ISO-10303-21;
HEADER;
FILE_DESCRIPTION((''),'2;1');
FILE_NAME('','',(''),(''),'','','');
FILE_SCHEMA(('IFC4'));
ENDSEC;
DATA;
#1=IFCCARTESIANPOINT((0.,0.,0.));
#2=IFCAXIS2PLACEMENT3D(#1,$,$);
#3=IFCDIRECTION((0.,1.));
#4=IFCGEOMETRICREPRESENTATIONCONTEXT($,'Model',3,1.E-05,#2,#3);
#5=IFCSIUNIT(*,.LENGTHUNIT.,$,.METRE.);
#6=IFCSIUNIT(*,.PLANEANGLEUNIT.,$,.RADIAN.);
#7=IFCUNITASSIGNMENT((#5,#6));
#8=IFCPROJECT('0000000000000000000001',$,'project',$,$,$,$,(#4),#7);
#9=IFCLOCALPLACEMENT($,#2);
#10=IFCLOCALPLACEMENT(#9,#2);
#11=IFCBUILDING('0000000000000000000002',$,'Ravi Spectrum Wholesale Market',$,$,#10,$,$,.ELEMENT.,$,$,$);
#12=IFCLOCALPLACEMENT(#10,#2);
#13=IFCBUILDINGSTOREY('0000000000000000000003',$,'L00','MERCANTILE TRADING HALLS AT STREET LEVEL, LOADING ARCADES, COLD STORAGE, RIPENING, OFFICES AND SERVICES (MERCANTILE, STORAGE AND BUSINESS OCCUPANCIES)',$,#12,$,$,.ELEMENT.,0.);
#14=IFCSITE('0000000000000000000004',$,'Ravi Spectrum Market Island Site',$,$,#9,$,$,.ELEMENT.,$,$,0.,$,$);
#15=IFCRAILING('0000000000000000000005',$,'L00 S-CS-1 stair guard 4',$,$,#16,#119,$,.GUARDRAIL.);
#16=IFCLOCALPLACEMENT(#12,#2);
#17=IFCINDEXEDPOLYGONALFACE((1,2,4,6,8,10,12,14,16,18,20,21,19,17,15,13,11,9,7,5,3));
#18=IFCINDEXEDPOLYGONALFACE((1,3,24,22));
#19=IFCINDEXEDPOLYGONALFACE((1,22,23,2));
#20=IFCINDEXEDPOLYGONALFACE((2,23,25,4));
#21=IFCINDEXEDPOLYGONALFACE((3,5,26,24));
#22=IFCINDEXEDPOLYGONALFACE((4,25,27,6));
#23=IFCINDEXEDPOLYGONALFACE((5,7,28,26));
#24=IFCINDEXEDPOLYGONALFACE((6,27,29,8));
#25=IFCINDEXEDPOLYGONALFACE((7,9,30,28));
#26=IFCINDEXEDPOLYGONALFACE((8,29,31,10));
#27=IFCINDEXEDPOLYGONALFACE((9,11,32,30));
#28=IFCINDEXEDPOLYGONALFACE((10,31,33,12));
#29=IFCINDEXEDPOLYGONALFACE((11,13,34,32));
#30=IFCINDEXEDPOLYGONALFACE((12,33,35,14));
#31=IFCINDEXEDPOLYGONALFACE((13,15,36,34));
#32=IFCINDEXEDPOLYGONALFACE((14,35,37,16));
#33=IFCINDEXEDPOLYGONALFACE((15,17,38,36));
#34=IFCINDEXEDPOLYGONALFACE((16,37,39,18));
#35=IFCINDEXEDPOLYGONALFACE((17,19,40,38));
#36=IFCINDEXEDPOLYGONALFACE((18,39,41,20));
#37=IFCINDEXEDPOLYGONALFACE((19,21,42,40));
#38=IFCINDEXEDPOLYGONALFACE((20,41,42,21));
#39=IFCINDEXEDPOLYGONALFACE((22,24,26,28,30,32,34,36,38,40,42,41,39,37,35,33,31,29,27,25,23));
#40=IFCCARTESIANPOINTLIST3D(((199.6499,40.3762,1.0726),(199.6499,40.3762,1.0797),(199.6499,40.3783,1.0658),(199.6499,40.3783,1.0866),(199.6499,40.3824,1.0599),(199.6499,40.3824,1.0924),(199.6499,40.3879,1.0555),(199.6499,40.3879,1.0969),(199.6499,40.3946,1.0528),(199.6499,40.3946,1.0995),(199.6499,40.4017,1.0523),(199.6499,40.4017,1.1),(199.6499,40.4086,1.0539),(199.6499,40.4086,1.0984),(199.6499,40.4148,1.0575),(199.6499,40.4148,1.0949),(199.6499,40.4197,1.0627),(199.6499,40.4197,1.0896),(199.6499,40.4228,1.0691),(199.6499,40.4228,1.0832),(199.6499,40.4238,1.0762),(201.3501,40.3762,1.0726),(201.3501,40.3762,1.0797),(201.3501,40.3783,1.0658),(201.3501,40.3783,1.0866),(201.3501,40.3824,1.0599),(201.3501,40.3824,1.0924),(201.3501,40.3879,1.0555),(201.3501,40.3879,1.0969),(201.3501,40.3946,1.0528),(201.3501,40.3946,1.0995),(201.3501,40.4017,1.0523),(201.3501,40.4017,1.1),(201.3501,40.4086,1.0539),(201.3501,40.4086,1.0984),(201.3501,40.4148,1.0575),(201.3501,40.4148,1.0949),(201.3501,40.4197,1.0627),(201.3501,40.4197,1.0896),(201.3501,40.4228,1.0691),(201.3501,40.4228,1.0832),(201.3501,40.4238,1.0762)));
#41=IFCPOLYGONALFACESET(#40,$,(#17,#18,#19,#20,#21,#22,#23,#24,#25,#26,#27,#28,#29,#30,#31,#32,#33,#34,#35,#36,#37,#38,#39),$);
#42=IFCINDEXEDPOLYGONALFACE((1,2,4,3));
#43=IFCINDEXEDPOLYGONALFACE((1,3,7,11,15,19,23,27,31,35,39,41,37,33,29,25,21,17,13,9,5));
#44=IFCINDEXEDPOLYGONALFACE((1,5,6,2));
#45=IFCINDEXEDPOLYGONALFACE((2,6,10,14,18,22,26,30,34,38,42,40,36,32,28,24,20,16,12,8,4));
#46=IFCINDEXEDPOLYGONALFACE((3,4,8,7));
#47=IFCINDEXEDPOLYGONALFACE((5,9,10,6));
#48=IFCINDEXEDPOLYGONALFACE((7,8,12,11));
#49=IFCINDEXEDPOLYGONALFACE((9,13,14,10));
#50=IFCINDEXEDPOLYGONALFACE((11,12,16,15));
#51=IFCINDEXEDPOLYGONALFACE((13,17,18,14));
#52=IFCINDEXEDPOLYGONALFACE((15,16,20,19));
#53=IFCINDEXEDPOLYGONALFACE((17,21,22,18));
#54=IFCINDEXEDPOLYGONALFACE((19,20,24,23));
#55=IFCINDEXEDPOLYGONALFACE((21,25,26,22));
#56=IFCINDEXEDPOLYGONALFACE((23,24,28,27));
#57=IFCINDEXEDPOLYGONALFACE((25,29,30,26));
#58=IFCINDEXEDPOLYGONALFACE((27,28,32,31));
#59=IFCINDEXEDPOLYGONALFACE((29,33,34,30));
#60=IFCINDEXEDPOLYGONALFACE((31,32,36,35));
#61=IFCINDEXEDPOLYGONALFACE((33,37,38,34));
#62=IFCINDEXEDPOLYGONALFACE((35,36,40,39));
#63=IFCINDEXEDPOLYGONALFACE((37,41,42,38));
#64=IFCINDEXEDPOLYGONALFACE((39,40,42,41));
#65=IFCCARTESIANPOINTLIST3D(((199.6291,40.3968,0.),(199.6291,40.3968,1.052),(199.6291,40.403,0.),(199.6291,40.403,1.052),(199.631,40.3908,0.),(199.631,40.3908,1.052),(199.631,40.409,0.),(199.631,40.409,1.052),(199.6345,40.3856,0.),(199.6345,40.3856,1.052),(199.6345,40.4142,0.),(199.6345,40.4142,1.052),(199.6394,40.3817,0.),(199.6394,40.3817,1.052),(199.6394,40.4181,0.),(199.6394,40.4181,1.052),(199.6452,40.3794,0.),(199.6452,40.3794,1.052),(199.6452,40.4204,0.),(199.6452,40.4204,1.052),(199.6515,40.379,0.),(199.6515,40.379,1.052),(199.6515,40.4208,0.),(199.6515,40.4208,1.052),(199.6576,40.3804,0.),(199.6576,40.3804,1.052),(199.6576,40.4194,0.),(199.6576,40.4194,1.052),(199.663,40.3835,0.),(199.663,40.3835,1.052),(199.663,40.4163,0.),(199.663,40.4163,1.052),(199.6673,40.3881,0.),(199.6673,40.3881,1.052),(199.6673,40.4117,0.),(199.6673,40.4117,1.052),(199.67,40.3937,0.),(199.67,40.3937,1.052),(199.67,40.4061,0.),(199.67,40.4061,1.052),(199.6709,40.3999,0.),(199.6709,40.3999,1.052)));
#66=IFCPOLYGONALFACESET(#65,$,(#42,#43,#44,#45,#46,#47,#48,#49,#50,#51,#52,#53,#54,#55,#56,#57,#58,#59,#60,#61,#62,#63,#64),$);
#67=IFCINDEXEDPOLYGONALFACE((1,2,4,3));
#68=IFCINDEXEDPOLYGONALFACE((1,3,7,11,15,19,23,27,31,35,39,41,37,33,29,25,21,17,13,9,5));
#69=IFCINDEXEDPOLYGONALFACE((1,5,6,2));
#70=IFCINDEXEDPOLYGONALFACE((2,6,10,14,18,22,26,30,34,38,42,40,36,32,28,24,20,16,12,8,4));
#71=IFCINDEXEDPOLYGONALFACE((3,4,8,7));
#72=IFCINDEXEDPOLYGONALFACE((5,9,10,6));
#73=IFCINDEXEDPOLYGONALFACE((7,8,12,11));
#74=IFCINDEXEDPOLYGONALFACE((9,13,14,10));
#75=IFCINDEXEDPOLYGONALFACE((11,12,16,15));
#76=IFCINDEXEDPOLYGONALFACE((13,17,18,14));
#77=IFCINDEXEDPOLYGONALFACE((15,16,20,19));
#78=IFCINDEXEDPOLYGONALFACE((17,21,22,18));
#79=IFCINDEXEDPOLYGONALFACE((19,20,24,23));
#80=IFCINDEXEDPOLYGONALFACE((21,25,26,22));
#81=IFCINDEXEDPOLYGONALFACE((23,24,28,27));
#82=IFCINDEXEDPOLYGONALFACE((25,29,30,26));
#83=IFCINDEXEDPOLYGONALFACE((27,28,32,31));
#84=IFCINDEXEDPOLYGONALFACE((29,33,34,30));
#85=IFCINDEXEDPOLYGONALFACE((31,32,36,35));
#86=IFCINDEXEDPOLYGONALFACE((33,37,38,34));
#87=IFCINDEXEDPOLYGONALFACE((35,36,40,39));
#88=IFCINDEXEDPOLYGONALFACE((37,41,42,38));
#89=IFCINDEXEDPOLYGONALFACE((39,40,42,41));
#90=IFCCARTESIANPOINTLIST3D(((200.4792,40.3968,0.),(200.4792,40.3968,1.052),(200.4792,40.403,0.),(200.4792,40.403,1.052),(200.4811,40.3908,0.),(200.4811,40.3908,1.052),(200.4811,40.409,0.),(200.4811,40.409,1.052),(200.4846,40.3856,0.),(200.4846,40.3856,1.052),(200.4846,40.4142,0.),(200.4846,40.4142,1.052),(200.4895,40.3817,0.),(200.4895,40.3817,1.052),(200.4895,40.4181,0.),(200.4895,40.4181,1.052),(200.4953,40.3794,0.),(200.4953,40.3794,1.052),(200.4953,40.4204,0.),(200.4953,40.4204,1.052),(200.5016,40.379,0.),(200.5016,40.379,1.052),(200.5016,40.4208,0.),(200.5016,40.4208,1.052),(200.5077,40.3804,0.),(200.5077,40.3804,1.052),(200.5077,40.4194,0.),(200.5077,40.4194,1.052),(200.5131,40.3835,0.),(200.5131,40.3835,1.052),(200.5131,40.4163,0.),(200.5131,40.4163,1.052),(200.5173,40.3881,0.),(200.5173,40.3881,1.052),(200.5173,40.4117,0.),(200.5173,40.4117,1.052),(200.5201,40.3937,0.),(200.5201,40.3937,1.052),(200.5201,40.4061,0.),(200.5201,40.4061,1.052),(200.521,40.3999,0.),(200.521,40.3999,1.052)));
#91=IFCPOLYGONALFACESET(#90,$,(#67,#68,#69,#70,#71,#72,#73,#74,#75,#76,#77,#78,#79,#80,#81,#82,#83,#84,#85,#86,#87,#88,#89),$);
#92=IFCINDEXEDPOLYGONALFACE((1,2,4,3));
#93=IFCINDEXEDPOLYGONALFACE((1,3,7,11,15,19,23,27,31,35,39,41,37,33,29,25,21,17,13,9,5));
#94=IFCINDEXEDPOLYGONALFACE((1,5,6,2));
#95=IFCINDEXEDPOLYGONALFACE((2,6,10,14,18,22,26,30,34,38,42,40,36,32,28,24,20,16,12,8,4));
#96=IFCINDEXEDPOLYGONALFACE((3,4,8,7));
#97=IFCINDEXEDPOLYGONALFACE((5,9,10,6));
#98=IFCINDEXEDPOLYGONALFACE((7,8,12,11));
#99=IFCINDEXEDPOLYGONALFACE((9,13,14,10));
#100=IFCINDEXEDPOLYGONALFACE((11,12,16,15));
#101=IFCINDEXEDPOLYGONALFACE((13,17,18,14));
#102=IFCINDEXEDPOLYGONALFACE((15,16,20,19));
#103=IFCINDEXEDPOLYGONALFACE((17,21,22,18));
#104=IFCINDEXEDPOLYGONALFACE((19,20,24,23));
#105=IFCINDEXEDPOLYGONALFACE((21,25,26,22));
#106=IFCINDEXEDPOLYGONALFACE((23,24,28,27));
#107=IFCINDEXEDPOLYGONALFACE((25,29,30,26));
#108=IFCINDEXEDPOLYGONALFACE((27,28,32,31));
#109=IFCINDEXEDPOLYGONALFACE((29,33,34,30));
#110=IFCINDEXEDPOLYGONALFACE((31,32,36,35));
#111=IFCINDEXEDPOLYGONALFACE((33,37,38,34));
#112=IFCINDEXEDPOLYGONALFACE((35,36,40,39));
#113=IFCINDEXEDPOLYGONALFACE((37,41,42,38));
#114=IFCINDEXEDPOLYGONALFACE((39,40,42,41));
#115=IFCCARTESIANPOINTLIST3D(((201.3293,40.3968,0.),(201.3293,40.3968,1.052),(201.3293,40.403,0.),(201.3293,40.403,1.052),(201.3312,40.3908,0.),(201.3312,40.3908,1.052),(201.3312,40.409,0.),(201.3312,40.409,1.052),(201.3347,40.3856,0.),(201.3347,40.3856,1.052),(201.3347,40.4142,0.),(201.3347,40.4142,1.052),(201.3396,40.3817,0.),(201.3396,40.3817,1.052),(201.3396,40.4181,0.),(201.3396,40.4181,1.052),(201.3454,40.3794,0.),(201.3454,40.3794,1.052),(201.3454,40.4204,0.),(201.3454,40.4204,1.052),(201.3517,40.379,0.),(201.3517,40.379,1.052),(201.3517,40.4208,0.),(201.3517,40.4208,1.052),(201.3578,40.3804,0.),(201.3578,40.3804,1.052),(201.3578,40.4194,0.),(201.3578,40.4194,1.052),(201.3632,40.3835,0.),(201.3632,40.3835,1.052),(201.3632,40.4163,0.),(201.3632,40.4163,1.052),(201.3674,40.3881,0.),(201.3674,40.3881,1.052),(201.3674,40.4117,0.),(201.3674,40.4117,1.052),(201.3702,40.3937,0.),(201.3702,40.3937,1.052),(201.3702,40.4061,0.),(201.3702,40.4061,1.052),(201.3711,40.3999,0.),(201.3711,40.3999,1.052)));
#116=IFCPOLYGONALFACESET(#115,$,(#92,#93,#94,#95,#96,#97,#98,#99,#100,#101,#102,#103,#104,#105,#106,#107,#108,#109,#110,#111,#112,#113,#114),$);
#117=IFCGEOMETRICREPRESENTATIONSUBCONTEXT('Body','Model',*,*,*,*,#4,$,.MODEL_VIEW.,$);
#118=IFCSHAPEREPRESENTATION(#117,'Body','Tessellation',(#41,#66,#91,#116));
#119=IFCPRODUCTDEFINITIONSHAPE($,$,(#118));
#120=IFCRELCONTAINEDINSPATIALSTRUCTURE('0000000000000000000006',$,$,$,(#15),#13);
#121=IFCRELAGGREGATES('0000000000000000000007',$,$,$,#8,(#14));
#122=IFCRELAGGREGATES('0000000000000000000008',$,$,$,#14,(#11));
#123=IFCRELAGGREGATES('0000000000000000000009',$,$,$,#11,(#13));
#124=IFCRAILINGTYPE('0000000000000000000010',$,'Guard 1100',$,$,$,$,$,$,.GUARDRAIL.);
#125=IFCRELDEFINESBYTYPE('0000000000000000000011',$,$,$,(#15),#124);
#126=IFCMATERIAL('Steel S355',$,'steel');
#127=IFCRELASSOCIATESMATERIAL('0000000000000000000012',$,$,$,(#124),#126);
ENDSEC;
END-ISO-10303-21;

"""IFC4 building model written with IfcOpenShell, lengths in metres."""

from ifc_helpers import new_model, si_unit, direction, frame, origin, origin_2d, place, context, subcontext, project, spatial, circle, extrude, material, type_object, element, save


model = new_model("IFC4")

# Units and contexts
model_context = context("Model", 3, precision=1e-05, world=origin(), true_north=direction((0.0, 1.0)))
body_context = subcontext(model_context, "Body", "Model", "MODEL_VIEW")
ifc_project = project(units=[si_unit("LENGTHUNIT", "METRE"), si_unit("PLANEANGLEUNIT", "RADIAN")], contexts=[model_context])

# Site, building, storey
site_placement = place(None, origin())
site = spatial("IfcSite", under=ifc_project, at=site_placement, Name="Ravi Spectrum Market Island Site", CompositionType="ELEMENT", RefElevation=0.0)
building_placement = place(site_placement, origin())
building = spatial("IfcBuilding", under=site, at=building_placement, Name="Ravi Spectrum Wholesale Market", CompositionType="ELEMENT")
storey_placement = place(building_placement, origin())
storey = spatial("IfcBuildingStorey", under=building, at=storey_placement, Name="L00", Description="MERCANTILE TRADING HALLS AT STREET LEVEL, LOADING ARCADES, COLD STORAGE, RIPENING, OFFICES AND SERVICES (MERCANTILE, STORAGE AND BUSINESS OCCUPANCIES)", CompositionType="ELEMENT", Elevation=0.0)

# Railing
ifc_material_1 = material(Name="Steel S355", Category="steel")
railing_type_1 = type_object("IfcRailingType", Name="Guard 1100", PredefinedType="GUARDRAIL", material=ifc_material_1)
railing_1_placement = place(storey_placement, frame((199.6499, 40.3999, 0.0)))
element("IfcRailing", 1, at=railing_1_placement, inside=storey, type_object=railing_type_1, Name="L00 S-CS-1 stair guard 4", PredefinedType="GUARDRAIL", context=body_context, shape_type="SweptSolid", body=[
    extrude(circle(Radius=0.0239, at=origin_2d()), frame((0.0, 0.0, 1.0762), z_axis=(1.0, 0.0, 0.0), x_axis=(0.0, 1.0, 0.0)), (0.0, 0.0, 1.0), 1.7002),
    extrude(circle(Radius=0.021, at=origin_2d()), origin(), (0.0, 0.0, 1.0), 1.052),
    extrude(circle(Radius=0.021, at=origin_2d()), frame((0.8501, 0.0, 0.0)), (0.0, 0.0, 1.0), 1.052),
    extrude(circle(Radius=0.021, at=origin_2d()), frame((1.7002, 0.0, 0.0)), (0.0, 0.0, 1.0), 1.052),
])

save(model, "model.ifc")
